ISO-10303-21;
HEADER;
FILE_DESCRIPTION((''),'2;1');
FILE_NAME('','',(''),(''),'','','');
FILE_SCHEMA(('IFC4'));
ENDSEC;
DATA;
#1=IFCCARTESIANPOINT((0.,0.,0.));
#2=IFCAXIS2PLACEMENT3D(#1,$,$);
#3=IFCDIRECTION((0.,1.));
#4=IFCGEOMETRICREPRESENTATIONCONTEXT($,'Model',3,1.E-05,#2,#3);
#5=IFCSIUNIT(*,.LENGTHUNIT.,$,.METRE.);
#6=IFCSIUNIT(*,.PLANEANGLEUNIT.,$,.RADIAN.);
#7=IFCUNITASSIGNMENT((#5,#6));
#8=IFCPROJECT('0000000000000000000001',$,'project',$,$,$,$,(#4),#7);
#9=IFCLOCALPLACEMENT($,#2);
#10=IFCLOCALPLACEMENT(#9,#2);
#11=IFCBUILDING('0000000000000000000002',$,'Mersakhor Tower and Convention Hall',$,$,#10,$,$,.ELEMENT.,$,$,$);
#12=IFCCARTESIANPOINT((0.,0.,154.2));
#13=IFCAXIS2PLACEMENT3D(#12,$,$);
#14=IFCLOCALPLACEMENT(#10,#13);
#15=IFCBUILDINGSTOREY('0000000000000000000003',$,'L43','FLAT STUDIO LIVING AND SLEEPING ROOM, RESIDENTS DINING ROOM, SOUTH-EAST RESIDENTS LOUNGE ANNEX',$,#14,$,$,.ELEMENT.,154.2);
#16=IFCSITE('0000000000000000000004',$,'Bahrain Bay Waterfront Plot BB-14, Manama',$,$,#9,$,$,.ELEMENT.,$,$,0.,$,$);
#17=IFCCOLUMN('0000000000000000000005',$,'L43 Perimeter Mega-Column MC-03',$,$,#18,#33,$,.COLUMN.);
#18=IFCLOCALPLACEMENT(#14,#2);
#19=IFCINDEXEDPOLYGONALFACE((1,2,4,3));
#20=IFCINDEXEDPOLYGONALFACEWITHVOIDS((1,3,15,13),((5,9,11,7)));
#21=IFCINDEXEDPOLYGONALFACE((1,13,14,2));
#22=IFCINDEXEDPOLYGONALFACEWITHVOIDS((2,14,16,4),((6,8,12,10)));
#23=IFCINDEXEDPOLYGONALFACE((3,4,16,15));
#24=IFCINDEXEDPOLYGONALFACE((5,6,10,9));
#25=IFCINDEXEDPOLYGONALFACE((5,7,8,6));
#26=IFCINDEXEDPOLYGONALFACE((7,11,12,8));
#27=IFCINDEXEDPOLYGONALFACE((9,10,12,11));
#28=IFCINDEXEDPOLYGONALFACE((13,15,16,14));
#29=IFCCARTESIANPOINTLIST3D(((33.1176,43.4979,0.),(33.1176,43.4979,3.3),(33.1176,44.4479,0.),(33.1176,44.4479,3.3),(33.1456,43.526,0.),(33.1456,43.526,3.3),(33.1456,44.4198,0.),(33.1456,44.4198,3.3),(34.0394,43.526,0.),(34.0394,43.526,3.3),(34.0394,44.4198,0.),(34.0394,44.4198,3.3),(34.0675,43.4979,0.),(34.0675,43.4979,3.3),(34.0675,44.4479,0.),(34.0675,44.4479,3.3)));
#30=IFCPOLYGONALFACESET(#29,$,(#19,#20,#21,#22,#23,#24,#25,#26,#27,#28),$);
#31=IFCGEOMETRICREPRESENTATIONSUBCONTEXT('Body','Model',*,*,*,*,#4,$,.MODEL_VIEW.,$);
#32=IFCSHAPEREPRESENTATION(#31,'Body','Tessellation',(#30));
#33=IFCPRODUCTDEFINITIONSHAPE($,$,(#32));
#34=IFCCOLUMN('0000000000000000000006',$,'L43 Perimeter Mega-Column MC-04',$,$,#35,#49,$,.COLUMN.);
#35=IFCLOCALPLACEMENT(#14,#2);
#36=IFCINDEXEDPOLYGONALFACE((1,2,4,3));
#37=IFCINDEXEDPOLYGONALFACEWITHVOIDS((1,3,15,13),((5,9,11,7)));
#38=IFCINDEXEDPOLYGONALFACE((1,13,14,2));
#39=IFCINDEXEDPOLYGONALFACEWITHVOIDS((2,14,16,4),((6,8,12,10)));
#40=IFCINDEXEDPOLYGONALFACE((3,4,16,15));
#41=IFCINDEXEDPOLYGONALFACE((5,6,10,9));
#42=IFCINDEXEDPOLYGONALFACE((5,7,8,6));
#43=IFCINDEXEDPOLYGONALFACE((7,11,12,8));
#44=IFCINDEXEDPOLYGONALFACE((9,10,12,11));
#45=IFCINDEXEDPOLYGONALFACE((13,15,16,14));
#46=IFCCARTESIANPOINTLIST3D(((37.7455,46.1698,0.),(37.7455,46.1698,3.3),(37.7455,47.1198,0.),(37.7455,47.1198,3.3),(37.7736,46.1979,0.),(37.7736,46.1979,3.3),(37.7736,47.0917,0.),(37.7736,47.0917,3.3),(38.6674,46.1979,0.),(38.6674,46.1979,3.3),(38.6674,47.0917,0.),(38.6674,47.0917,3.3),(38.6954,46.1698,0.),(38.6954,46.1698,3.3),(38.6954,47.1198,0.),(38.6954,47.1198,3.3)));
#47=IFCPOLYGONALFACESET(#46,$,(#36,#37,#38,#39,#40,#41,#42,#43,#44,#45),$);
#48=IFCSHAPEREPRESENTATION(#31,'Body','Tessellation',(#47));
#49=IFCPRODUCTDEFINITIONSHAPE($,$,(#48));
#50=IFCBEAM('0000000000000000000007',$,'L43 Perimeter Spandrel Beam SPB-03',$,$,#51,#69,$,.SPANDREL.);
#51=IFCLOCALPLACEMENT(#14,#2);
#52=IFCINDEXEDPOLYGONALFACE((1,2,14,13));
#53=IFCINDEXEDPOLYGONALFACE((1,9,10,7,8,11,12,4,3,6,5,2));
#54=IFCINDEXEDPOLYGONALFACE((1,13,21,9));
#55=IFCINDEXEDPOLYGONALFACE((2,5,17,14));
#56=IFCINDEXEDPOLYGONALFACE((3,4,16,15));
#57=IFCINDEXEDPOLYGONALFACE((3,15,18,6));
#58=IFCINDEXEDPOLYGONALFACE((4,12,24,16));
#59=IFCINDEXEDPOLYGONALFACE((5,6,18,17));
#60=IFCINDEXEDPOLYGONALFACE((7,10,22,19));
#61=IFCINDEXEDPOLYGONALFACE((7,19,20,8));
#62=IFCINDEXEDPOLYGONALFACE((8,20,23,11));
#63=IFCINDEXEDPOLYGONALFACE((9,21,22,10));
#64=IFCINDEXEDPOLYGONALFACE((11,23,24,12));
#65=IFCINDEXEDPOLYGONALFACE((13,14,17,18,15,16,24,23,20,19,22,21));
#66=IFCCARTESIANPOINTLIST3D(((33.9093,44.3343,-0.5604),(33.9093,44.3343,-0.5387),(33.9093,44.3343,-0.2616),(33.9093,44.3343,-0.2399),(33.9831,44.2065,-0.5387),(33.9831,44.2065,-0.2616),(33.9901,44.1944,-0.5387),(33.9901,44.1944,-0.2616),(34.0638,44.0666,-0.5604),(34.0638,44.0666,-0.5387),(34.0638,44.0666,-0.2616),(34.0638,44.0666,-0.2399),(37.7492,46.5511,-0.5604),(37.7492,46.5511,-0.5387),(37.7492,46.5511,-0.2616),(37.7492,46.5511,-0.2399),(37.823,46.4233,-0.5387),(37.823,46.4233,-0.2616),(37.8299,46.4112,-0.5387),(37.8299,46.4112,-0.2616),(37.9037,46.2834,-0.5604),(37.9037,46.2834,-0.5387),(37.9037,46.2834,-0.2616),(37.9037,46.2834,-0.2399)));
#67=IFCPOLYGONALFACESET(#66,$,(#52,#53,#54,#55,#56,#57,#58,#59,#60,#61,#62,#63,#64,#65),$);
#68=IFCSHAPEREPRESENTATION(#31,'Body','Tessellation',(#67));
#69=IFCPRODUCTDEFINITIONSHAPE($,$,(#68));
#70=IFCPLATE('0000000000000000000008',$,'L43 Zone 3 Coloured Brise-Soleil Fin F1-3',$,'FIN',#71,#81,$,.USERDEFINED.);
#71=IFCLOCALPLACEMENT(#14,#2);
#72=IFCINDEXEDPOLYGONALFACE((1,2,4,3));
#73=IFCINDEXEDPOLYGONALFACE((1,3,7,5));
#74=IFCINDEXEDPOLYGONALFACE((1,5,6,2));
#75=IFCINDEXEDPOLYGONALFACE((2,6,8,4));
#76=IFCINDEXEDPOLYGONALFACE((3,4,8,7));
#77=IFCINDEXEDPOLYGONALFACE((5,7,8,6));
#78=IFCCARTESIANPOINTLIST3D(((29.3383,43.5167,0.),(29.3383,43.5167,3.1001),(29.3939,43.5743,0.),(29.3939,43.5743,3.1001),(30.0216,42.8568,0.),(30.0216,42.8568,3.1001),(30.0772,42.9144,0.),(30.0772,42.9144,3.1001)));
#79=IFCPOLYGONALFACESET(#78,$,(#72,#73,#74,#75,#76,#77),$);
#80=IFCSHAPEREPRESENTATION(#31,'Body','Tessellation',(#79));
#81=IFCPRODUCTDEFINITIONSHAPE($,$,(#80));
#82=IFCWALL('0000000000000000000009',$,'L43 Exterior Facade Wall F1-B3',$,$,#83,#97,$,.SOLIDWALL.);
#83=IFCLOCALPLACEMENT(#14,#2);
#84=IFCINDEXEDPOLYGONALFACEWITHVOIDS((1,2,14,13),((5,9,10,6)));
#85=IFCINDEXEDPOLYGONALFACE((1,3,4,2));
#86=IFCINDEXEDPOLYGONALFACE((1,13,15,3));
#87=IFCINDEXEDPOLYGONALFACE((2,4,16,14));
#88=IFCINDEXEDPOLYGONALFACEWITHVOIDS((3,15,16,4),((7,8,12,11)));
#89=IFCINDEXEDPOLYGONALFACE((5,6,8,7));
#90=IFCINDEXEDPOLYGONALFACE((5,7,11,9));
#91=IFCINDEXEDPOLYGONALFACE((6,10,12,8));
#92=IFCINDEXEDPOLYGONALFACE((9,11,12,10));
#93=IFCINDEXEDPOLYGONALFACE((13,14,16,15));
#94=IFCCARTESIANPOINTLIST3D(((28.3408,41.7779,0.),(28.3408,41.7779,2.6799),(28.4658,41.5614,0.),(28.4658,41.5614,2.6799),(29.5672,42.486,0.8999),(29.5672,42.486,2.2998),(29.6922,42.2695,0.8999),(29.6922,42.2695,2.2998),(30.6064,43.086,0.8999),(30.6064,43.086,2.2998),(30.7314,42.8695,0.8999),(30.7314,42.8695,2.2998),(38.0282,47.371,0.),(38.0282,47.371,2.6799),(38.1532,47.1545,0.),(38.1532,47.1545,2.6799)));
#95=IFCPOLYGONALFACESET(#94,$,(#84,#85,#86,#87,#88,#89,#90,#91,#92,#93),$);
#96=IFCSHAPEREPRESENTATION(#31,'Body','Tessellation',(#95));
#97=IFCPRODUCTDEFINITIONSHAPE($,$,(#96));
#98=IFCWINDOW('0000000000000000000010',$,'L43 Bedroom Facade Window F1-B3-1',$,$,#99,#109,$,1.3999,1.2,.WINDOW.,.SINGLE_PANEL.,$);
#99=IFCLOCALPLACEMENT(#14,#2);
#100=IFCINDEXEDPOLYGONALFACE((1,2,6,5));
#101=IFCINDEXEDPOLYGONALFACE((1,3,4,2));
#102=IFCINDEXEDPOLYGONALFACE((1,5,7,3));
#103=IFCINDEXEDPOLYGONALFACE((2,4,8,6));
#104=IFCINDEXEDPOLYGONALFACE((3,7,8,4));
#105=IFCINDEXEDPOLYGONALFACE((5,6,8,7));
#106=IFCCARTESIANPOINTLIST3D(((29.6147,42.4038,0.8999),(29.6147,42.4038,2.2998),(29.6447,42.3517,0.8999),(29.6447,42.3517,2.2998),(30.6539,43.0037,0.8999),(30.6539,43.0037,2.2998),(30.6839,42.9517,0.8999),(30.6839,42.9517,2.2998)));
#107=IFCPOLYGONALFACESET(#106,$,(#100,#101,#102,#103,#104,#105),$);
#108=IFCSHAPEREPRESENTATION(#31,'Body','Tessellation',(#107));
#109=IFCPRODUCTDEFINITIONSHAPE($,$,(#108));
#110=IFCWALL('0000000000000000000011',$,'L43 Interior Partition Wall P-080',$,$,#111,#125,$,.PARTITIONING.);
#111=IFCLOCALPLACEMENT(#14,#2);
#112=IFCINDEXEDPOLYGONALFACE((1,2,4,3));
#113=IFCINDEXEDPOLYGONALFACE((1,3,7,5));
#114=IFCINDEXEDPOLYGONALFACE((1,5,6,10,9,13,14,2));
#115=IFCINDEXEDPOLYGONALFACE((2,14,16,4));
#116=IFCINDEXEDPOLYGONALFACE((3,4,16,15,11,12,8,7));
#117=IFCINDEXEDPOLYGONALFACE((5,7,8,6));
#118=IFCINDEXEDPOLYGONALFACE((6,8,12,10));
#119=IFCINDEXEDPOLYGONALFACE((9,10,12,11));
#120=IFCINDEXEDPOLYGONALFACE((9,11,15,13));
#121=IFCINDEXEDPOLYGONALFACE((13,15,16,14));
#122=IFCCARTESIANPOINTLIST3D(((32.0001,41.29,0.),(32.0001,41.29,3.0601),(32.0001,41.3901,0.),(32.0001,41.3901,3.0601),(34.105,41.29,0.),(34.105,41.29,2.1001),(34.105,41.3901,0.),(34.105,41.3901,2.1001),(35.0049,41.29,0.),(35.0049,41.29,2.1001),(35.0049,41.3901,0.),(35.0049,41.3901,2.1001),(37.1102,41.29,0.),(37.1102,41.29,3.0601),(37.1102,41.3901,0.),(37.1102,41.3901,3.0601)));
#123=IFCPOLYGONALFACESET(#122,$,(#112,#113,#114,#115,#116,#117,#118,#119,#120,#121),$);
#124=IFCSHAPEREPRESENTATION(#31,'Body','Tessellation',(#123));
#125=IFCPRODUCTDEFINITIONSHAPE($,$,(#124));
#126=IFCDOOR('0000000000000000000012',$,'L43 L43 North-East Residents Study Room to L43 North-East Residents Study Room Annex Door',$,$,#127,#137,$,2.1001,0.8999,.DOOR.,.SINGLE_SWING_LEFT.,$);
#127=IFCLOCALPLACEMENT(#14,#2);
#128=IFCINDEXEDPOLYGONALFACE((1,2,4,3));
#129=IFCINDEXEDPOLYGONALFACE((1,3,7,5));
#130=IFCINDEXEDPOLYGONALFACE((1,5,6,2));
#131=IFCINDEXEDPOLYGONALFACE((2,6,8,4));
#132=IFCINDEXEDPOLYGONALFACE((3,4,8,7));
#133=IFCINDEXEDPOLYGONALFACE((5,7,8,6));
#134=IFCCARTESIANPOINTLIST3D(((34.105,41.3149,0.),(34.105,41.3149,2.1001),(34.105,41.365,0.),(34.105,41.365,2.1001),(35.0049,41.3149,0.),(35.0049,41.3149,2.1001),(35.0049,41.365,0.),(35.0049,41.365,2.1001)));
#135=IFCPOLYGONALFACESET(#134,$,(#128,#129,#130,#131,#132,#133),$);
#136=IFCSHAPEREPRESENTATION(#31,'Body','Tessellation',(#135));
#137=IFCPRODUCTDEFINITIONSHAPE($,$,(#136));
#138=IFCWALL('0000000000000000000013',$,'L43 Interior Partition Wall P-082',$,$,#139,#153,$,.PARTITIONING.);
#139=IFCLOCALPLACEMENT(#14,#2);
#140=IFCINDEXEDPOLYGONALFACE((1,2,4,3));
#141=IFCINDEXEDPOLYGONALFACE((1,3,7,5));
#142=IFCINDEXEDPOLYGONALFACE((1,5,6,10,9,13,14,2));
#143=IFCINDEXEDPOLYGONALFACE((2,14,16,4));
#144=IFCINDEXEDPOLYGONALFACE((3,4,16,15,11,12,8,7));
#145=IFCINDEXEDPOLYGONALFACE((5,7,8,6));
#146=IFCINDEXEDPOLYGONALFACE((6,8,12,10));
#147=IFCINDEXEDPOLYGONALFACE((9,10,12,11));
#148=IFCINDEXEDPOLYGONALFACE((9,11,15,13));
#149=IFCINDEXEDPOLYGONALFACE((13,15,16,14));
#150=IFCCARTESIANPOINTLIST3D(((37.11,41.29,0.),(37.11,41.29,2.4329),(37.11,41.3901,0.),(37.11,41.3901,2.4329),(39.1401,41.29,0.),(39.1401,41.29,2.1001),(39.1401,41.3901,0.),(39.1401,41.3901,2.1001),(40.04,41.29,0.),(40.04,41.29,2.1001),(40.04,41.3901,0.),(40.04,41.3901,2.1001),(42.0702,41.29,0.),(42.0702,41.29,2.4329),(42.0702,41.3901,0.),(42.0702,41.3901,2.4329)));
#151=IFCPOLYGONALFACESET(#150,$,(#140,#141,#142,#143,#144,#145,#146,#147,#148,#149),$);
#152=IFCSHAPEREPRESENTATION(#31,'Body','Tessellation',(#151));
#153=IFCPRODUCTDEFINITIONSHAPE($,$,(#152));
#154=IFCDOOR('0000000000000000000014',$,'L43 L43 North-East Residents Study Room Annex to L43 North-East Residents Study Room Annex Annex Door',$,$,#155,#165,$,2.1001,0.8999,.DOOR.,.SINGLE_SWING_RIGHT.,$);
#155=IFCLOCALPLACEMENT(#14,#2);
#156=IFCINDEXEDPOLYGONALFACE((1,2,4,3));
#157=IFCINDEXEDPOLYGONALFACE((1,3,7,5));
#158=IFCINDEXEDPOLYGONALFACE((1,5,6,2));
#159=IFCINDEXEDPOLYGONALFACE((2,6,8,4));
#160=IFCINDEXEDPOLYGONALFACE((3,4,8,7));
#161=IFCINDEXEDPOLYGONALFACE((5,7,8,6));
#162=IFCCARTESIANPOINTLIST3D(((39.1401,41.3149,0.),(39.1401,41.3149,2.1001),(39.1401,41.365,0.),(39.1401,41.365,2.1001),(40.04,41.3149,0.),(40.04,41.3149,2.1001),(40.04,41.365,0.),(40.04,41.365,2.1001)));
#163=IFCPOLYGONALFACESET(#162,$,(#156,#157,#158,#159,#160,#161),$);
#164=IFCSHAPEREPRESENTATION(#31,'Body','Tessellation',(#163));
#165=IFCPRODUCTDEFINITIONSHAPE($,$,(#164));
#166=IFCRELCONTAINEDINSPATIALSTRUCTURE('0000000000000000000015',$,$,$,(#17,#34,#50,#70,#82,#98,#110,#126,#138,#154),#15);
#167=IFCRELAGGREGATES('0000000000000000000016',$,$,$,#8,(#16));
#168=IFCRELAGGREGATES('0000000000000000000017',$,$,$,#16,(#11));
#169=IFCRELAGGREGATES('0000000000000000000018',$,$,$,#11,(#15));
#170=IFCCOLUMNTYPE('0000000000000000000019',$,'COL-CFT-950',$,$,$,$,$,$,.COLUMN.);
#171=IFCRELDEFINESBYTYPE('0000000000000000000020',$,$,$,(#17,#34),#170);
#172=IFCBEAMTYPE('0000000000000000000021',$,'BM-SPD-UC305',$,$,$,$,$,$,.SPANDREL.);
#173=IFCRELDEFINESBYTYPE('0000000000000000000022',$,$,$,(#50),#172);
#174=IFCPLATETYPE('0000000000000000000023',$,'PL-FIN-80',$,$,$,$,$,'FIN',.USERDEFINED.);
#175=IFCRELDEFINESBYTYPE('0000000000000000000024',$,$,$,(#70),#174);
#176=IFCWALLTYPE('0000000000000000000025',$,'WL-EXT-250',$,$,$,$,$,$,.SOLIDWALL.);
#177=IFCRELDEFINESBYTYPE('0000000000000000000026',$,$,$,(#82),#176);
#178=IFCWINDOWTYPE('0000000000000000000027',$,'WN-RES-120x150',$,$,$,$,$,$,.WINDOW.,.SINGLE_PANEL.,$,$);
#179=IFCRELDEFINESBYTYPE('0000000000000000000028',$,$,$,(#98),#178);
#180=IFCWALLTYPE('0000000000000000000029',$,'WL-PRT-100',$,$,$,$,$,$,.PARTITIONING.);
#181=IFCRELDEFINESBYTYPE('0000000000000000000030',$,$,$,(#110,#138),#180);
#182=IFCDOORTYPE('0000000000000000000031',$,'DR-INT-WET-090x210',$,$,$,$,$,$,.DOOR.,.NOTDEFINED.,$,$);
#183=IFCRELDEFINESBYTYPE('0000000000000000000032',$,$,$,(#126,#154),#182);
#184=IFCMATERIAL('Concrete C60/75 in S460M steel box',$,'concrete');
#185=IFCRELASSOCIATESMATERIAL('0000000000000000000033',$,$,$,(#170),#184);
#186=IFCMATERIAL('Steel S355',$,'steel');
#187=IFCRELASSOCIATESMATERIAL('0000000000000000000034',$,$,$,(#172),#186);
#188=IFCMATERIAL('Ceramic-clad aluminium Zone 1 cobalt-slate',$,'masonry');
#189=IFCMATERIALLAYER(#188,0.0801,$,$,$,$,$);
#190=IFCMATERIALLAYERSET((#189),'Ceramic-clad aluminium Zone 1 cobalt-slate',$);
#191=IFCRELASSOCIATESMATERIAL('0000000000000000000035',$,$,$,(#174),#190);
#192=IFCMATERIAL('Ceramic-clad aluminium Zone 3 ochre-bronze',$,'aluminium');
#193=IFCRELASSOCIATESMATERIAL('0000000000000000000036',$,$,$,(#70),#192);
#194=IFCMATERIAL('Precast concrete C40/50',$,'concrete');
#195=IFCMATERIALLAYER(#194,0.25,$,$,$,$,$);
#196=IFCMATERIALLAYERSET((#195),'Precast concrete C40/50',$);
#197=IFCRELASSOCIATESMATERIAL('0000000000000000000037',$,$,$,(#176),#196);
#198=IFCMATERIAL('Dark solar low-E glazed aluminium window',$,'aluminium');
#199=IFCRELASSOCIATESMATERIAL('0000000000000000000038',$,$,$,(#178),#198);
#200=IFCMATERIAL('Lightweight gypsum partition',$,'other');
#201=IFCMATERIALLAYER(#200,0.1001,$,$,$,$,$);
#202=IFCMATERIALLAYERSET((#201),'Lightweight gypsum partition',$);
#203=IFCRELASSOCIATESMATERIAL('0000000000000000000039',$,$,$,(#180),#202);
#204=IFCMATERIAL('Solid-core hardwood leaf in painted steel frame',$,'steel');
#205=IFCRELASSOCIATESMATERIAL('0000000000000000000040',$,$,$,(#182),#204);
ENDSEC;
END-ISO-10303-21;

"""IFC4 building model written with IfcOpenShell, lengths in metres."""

from ifc_helpers import new_model, si_unit, direction, frame, frame_2d, origin, origin_2d, place, context, subcontext, project, spatial, rectangle, hollow_rectangle, i_section, extrude, material, layer, layer_set, material_profile, profile_set, type_object, element, fill, save


model = new_model("IFC4")

# Units and contexts
model_context = context("Model", 3, precision=1e-05, world=origin(), true_north=direction((0.0, 1.0)))
body_context = subcontext(model_context, "Body", "Model", "MODEL_VIEW")
ifc_project = project(units=[si_unit("LENGTHUNIT", "METRE"), si_unit("PLANEANGLEUNIT", "RADIAN")], contexts=[model_context])

# Site, building, storey
site_placement = place(None, origin())
site = spatial("IfcSite", under=ifc_project, at=site_placement, Name="Bahrain Bay Waterfront Plot BB-14, Manama", CompositionType="ELEMENT", RefElevation=0.0)
building_placement = place(site_placement, origin())
building = spatial("IfcBuilding", under=site, at=building_placement, Name="Mersakhor Tower and Convention Hall", CompositionType="ELEMENT")
storey_placement = place(building_placement, frame((0.0, 0.0, 154.2)))
storey = spatial("IfcBuildingStorey", under=building, at=storey_placement, Name="L43", Description="FLAT STUDIO LIVING AND SLEEPING ROOM, RESIDENTS DINING ROOM, SOUTH-EAST RESIDENTS LOUNGE ANNEX", CompositionType="ELEMENT", Elevation=154.2)

# Columns
ifc_material_1 = material(Name="Concrete C60/75 in S460M steel box", Category="concrete")
ifc_material_profile_1 = material_profile(ifc_material_1, hollow_rectangle(XDim=0.95, YDim=0.95, WallThickness=0.0281, at=origin_2d()), Name="SHS 950x950x28")
ifc_profile_set_1 = profile_set([ifc_material_profile_1], Name="Concrete C60/75 in S460M steel box")
column_type = type_object("IfcColumnType", Name="COL-CFT-950", PredefinedType="COLUMN", material=ifc_profile_set_1)
for number, where, z_axis, x_axis, name in (
    (1, (33.5925, 43.9729, 0.0), (0.0, 0.0, 1.0), (1.0, 0.0, 0.0), "L43 Perimeter Mega-Column MC-03"),
    (2, (38.2205, 46.6448, 0.0), (0.0, 0.0, 1.0), (1.0, 0.0, 0.0), "L43 Perimeter Mega-Column MC-04"),
):
    element("IfcColumn", number, at=place(storey_placement, frame(where, z_axis=z_axis, x_axis=x_axis)), inside=storey, type_object=column_type, Name=name, PredefinedType="COLUMN", context=body_context, shape_type="SweptSolid", body=[
        extrude(hollow_rectangle(XDim=0.95, YDim=0.95, WallThickness=0.0281, at=origin_2d()), origin(), (0.0, 0.0, 1.0), 3.3),
    ])

# Beam
ifc_material_2 = material(Name="Steel S355", Category="steel")
ifc_material_profile_2 = material_profile(ifc_material_2, i_section(OverallWidth=0.3091, OverallDepth=0.3206, WebThickness=0.0139, FlangeThickness=0.0217, at=origin_2d()), Name="UC 305x305x137")
ifc_profile_set_2 = profile_set([ifc_material_profile_2], Name="Steel S355")
beam_type = type_object("IfcBeamType", Name="BM-SPD-UC305", PredefinedType="SPANDREL", material=ifc_profile_set_2)
beam_placement = place(storey_placement, frame((33.9866, 44.2004, -0.4001), z_axis=(0.866039, 0.499977, 0.0), x_axis=(-0.499977, 0.866039, 0.0)))
element("IfcBeam", 3, at=beam_placement, inside=storey, type_object=beam_type, Name="L43 Perimeter Spandrel Beam SPB-03", PredefinedType="SPANDREL", context=body_context, shape_type="SweptSolid", body=[
    extrude(i_section(OverallWidth=0.3091, OverallDepth=0.3206, WebThickness=0.0139, FlangeThickness=0.0217, at=origin_2d()), origin(), (0.0, 0.0, 1.0), 4.4338),
])

# Plate
ifc_material_3 = material(Name="Ceramic-clad aluminium Zone 3 ochre-bronze", Category="aluminium")
ifc_material_4 = material(Name="Ceramic-clad aluminium Zone 1 cobalt-slate", Category="masonry")
ifc_layer_1 = layer(ifc_material_4, 0.0801)
ifc_layer_set_1 = layer_set([ifc_layer_1], Name="Ceramic-clad aluminium Zone 1 cobalt-slate")
plate_type = type_object("IfcPlateType", Name="PL-FIN-80", ElementType="FIN", PredefinedType="USERDEFINED", material=ifc_layer_set_1)
plate_placement = place(storey_placement, frame((29.7078, 43.2156, 0.0), z_axis=(0.0, 0.0, 1.0), x_axis=(-0.71934, 0.694658, 0.0)))
element("IfcPlate", 4, at=plate_placement, inside=storey, type_object=plate_type, material=ifc_material_3, Name="L43 Zone 3 Coloured Brise-Soleil Fin F1-3", ObjectType="FIN", PredefinedType="USERDEFINED", context=body_context, shape_type="SweptSolid", body=[
    extrude(rectangle(XDim=0.95, YDim=0.0801, at=origin_2d()), origin(), (0.0, 0.0, 1.0), 3.1001),
])

# Wall, opening, window
ifc_material_5 = material(Name="Precast concrete C40/50", Category="concrete")
ifc_layer_2 = layer(ifc_material_5, 0.25)
ifc_layer_set_2 = layer_set([ifc_layer_2], Name="Precast concrete C40/50")
wall_type_1 = type_object("IfcWallType", Name="WL-EXT-250", PredefinedType="SOLIDWALL", material=ifc_layer_set_2)
wall_1_placement = place(storey_placement, frame((28.4033, 41.6697, 0.0), z_axis=(0.0, 0.0, 1.0), x_axis=(0.866022, 0.500005, 0.0)))
wall_1 = element("IfcWall", 5, at=wall_1_placement, inside=storey, type_object=wall_type_1, Name="L43 Exterior Facade Wall F1-B3", PredefinedType="SOLIDWALL", context=body_context, shape_type="SweptSolid", body=[
    extrude(rectangle(XDim=11.186, YDim=0.25, at=frame_2d((5.593, 0.0))), origin(), (0.0, 0.0, 1.0), 2.6799),
])
opening_1_placement = place(wall_1_placement, frame((1.416, 0.0, 0.8999)))
opening_1 = element("IfcOpeningElement", 6, at=opening_1_placement, cuts=wall_1, PredefinedType="OPENING", context=body_context, shape_type="SweptSolid", body=[
    extrude(rectangle(XDim=1.2, YDim=1.3999, at=frame_2d((0.6001, 0.7))), frame((0.0, 0.135, 0.0), z_axis=(0.0, -1.0, 0.0), x_axis=(1.0, 0.0, 0.0)), (0.0, 0.0, 1.0), 0.27),
])
ifc_material_6 = material(Name="Dark solar low-E glazed aluminium window", Category="aluminium")
window_type = type_object("IfcWindowType", Name="WN-RES-120x150", PartitioningType="SINGLE_PANEL", PredefinedType="WINDOW", material=ifc_material_6)
window_placement = place(opening_1_placement, origin())
window = element("IfcWindow", 7, at=window_placement, inside=storey, type_object=window_type, Name="L43 Bedroom Facade Window F1-B3-1", OverallHeight=1.3999, OverallWidth=1.2, PartitioningType="SINGLE_PANEL", PredefinedType="WINDOW", context=body_context, shape_type="SweptSolid", body=[
    extrude(rectangle(XDim=1.2, YDim=1.3999, at=frame_2d((0.6001, 0.7))), frame((0.0, 0.03, 0.0), z_axis=(0.0, -1.0, 0.0), x_axis=(1.0, 0.0, 0.0)), (0.0, 0.0, 1.0), 0.0601),
])
fill(opening_1, window)

# Walls, openings, doors
ifc_material_7 = material(Name="Lightweight gypsum partition", Category="other")
ifc_layer_3 = layer(ifc_material_7, 0.1001)
ifc_layer_set_3 = layer_set([ifc_layer_3], Name="Lightweight gypsum partition")
wall_type_2 = type_object("IfcWallType", Name="WL-PRT-100", PredefinedType="PARTITIONING", material=ifc_layer_set_3)
wall_2_placement = place(storey_placement, frame((32.0, 41.3401, 0.0), z_axis=(0.0, 0.0, 1.0), x_axis=(1.0, 0.0, 0.0)))
wall_2 = element("IfcWall", 8, at=wall_2_placement, inside=storey, type_object=wall_type_2, Name="L43 Interior Partition Wall P-080", PredefinedType="PARTITIONING", context=body_context, shape_type="SweptSolid", body=[
    extrude(rectangle(XDim=5.1101, YDim=0.1001, at=frame_2d((2.5552, 0.0))), origin(), (0.0, 0.0, 1.0), 3.0601),
])
opening_2_placement = place(wall_2_placement, frame((2.105, 0.0, 0.0)))
opening_2 = element("IfcOpeningElement", 9, at=opening_2_placement, cuts=wall_2, PredefinedType="OPENING", context=body_context, shape_type="SweptSolid", body=[
    extrude(rectangle(XDim=0.8999, YDim=2.1001, at=frame_2d((0.45, 1.05))), frame((0.0, 0.0601, 0.0), z_axis=(0.0, -1.0, 0.0), x_axis=(1.0, 0.0, 0.0)), (0.0, 0.0, 1.0), 0.1201),
])
ifc_material_8 = material(Name="Solid-core hardwood leaf in painted steel frame", Category="steel")
door_type_1 = type_object("IfcDoorType", Name="DR-INT-WET-090x210", OperationType="NOTDEFINED", PredefinedType="DOOR", material=ifc_material_8)
door_1_placement = place(opening_2_placement, origin())
door_1 = element("IfcDoor", 10, at=door_1_placement, inside=storey, type_object=door_type_1, Name="L43 L43 North-East Residents Study Room to L43 North-East Residents Study Room Annex Door", OperationType="SINGLE_SWING_LEFT", OverallHeight=2.1001, OverallWidth=0.8999, PredefinedType="DOOR", context=body_context, shape_type="SweptSolid", body=[
    extrude(rectangle(XDim=0.8999, YDim=2.1001, at=frame_2d((0.45, 1.05))), frame((0.0, 0.0249, 0.0), z_axis=(0.0, -1.0, 0.0), x_axis=(1.0, 0.0, 0.0)), (0.0, 0.0, 1.0), 0.05),
])
fill(opening_2, door_1)
wall_3_placement = place(storey_placement, frame((37.1101, 41.3401, 0.0), z_axis=(0.0, 0.0, 1.0), x_axis=(1.0, 0.0, 0.0)))
wall_3 = element("IfcWall", 11, at=wall_3_placement, inside=storey, type_object=wall_type_2, Name="L43 Interior Partition Wall P-082", PredefinedType="PARTITIONING", context=body_context, shape_type="SweptSolid", body=[
    extrude(rectangle(XDim=4.9602, YDim=0.1001, at=frame_2d((2.48, 0.0))), origin(), (0.0, 0.0, 1.0), 2.4329),
])
opening_3_placement = place(wall_3_placement, frame((2.03, 0.0, 0.0)))
opening_3 = element("IfcOpeningElement", 12, at=opening_3_placement, cuts=wall_3, PredefinedType="OPENING", context=body_context, shape_type="SweptSolid", body=[
    extrude(rectangle(XDim=0.8999, YDim=2.1001, at=frame_2d((0.45, 1.05))), frame((0.0, 0.0601, 0.0), z_axis=(0.0, -1.0, 0.0), x_axis=(1.0, 0.0, 0.0)), (0.0, 0.0, 1.0), 0.1201),
])
door_2_placement = place(opening_3_placement, origin())
door_2 = element("IfcDoor", 13, at=door_2_placement, inside=storey, type_object=door_type_1, Name="L43 L43 North-East Residents Study Room Annex to L43 North-East Residents Study Room Annex Annex Door", OperationType="SINGLE_SWING_RIGHT", OverallHeight=2.1001, OverallWidth=0.8999, PredefinedType="DOOR", context=body_context, shape_type="SweptSolid", body=[
    extrude(rectangle(XDim=0.8999, YDim=2.1001, at=frame_2d((0.45, 1.05))), frame((0.0, 0.0249, 0.0), z_axis=(0.0, -1.0, 0.0), x_axis=(1.0, 0.0, 0.0)), (0.0, 0.0, 1.0), 0.05),
])
fill(opening_3, door_2)

save(model, "model.ifc")
